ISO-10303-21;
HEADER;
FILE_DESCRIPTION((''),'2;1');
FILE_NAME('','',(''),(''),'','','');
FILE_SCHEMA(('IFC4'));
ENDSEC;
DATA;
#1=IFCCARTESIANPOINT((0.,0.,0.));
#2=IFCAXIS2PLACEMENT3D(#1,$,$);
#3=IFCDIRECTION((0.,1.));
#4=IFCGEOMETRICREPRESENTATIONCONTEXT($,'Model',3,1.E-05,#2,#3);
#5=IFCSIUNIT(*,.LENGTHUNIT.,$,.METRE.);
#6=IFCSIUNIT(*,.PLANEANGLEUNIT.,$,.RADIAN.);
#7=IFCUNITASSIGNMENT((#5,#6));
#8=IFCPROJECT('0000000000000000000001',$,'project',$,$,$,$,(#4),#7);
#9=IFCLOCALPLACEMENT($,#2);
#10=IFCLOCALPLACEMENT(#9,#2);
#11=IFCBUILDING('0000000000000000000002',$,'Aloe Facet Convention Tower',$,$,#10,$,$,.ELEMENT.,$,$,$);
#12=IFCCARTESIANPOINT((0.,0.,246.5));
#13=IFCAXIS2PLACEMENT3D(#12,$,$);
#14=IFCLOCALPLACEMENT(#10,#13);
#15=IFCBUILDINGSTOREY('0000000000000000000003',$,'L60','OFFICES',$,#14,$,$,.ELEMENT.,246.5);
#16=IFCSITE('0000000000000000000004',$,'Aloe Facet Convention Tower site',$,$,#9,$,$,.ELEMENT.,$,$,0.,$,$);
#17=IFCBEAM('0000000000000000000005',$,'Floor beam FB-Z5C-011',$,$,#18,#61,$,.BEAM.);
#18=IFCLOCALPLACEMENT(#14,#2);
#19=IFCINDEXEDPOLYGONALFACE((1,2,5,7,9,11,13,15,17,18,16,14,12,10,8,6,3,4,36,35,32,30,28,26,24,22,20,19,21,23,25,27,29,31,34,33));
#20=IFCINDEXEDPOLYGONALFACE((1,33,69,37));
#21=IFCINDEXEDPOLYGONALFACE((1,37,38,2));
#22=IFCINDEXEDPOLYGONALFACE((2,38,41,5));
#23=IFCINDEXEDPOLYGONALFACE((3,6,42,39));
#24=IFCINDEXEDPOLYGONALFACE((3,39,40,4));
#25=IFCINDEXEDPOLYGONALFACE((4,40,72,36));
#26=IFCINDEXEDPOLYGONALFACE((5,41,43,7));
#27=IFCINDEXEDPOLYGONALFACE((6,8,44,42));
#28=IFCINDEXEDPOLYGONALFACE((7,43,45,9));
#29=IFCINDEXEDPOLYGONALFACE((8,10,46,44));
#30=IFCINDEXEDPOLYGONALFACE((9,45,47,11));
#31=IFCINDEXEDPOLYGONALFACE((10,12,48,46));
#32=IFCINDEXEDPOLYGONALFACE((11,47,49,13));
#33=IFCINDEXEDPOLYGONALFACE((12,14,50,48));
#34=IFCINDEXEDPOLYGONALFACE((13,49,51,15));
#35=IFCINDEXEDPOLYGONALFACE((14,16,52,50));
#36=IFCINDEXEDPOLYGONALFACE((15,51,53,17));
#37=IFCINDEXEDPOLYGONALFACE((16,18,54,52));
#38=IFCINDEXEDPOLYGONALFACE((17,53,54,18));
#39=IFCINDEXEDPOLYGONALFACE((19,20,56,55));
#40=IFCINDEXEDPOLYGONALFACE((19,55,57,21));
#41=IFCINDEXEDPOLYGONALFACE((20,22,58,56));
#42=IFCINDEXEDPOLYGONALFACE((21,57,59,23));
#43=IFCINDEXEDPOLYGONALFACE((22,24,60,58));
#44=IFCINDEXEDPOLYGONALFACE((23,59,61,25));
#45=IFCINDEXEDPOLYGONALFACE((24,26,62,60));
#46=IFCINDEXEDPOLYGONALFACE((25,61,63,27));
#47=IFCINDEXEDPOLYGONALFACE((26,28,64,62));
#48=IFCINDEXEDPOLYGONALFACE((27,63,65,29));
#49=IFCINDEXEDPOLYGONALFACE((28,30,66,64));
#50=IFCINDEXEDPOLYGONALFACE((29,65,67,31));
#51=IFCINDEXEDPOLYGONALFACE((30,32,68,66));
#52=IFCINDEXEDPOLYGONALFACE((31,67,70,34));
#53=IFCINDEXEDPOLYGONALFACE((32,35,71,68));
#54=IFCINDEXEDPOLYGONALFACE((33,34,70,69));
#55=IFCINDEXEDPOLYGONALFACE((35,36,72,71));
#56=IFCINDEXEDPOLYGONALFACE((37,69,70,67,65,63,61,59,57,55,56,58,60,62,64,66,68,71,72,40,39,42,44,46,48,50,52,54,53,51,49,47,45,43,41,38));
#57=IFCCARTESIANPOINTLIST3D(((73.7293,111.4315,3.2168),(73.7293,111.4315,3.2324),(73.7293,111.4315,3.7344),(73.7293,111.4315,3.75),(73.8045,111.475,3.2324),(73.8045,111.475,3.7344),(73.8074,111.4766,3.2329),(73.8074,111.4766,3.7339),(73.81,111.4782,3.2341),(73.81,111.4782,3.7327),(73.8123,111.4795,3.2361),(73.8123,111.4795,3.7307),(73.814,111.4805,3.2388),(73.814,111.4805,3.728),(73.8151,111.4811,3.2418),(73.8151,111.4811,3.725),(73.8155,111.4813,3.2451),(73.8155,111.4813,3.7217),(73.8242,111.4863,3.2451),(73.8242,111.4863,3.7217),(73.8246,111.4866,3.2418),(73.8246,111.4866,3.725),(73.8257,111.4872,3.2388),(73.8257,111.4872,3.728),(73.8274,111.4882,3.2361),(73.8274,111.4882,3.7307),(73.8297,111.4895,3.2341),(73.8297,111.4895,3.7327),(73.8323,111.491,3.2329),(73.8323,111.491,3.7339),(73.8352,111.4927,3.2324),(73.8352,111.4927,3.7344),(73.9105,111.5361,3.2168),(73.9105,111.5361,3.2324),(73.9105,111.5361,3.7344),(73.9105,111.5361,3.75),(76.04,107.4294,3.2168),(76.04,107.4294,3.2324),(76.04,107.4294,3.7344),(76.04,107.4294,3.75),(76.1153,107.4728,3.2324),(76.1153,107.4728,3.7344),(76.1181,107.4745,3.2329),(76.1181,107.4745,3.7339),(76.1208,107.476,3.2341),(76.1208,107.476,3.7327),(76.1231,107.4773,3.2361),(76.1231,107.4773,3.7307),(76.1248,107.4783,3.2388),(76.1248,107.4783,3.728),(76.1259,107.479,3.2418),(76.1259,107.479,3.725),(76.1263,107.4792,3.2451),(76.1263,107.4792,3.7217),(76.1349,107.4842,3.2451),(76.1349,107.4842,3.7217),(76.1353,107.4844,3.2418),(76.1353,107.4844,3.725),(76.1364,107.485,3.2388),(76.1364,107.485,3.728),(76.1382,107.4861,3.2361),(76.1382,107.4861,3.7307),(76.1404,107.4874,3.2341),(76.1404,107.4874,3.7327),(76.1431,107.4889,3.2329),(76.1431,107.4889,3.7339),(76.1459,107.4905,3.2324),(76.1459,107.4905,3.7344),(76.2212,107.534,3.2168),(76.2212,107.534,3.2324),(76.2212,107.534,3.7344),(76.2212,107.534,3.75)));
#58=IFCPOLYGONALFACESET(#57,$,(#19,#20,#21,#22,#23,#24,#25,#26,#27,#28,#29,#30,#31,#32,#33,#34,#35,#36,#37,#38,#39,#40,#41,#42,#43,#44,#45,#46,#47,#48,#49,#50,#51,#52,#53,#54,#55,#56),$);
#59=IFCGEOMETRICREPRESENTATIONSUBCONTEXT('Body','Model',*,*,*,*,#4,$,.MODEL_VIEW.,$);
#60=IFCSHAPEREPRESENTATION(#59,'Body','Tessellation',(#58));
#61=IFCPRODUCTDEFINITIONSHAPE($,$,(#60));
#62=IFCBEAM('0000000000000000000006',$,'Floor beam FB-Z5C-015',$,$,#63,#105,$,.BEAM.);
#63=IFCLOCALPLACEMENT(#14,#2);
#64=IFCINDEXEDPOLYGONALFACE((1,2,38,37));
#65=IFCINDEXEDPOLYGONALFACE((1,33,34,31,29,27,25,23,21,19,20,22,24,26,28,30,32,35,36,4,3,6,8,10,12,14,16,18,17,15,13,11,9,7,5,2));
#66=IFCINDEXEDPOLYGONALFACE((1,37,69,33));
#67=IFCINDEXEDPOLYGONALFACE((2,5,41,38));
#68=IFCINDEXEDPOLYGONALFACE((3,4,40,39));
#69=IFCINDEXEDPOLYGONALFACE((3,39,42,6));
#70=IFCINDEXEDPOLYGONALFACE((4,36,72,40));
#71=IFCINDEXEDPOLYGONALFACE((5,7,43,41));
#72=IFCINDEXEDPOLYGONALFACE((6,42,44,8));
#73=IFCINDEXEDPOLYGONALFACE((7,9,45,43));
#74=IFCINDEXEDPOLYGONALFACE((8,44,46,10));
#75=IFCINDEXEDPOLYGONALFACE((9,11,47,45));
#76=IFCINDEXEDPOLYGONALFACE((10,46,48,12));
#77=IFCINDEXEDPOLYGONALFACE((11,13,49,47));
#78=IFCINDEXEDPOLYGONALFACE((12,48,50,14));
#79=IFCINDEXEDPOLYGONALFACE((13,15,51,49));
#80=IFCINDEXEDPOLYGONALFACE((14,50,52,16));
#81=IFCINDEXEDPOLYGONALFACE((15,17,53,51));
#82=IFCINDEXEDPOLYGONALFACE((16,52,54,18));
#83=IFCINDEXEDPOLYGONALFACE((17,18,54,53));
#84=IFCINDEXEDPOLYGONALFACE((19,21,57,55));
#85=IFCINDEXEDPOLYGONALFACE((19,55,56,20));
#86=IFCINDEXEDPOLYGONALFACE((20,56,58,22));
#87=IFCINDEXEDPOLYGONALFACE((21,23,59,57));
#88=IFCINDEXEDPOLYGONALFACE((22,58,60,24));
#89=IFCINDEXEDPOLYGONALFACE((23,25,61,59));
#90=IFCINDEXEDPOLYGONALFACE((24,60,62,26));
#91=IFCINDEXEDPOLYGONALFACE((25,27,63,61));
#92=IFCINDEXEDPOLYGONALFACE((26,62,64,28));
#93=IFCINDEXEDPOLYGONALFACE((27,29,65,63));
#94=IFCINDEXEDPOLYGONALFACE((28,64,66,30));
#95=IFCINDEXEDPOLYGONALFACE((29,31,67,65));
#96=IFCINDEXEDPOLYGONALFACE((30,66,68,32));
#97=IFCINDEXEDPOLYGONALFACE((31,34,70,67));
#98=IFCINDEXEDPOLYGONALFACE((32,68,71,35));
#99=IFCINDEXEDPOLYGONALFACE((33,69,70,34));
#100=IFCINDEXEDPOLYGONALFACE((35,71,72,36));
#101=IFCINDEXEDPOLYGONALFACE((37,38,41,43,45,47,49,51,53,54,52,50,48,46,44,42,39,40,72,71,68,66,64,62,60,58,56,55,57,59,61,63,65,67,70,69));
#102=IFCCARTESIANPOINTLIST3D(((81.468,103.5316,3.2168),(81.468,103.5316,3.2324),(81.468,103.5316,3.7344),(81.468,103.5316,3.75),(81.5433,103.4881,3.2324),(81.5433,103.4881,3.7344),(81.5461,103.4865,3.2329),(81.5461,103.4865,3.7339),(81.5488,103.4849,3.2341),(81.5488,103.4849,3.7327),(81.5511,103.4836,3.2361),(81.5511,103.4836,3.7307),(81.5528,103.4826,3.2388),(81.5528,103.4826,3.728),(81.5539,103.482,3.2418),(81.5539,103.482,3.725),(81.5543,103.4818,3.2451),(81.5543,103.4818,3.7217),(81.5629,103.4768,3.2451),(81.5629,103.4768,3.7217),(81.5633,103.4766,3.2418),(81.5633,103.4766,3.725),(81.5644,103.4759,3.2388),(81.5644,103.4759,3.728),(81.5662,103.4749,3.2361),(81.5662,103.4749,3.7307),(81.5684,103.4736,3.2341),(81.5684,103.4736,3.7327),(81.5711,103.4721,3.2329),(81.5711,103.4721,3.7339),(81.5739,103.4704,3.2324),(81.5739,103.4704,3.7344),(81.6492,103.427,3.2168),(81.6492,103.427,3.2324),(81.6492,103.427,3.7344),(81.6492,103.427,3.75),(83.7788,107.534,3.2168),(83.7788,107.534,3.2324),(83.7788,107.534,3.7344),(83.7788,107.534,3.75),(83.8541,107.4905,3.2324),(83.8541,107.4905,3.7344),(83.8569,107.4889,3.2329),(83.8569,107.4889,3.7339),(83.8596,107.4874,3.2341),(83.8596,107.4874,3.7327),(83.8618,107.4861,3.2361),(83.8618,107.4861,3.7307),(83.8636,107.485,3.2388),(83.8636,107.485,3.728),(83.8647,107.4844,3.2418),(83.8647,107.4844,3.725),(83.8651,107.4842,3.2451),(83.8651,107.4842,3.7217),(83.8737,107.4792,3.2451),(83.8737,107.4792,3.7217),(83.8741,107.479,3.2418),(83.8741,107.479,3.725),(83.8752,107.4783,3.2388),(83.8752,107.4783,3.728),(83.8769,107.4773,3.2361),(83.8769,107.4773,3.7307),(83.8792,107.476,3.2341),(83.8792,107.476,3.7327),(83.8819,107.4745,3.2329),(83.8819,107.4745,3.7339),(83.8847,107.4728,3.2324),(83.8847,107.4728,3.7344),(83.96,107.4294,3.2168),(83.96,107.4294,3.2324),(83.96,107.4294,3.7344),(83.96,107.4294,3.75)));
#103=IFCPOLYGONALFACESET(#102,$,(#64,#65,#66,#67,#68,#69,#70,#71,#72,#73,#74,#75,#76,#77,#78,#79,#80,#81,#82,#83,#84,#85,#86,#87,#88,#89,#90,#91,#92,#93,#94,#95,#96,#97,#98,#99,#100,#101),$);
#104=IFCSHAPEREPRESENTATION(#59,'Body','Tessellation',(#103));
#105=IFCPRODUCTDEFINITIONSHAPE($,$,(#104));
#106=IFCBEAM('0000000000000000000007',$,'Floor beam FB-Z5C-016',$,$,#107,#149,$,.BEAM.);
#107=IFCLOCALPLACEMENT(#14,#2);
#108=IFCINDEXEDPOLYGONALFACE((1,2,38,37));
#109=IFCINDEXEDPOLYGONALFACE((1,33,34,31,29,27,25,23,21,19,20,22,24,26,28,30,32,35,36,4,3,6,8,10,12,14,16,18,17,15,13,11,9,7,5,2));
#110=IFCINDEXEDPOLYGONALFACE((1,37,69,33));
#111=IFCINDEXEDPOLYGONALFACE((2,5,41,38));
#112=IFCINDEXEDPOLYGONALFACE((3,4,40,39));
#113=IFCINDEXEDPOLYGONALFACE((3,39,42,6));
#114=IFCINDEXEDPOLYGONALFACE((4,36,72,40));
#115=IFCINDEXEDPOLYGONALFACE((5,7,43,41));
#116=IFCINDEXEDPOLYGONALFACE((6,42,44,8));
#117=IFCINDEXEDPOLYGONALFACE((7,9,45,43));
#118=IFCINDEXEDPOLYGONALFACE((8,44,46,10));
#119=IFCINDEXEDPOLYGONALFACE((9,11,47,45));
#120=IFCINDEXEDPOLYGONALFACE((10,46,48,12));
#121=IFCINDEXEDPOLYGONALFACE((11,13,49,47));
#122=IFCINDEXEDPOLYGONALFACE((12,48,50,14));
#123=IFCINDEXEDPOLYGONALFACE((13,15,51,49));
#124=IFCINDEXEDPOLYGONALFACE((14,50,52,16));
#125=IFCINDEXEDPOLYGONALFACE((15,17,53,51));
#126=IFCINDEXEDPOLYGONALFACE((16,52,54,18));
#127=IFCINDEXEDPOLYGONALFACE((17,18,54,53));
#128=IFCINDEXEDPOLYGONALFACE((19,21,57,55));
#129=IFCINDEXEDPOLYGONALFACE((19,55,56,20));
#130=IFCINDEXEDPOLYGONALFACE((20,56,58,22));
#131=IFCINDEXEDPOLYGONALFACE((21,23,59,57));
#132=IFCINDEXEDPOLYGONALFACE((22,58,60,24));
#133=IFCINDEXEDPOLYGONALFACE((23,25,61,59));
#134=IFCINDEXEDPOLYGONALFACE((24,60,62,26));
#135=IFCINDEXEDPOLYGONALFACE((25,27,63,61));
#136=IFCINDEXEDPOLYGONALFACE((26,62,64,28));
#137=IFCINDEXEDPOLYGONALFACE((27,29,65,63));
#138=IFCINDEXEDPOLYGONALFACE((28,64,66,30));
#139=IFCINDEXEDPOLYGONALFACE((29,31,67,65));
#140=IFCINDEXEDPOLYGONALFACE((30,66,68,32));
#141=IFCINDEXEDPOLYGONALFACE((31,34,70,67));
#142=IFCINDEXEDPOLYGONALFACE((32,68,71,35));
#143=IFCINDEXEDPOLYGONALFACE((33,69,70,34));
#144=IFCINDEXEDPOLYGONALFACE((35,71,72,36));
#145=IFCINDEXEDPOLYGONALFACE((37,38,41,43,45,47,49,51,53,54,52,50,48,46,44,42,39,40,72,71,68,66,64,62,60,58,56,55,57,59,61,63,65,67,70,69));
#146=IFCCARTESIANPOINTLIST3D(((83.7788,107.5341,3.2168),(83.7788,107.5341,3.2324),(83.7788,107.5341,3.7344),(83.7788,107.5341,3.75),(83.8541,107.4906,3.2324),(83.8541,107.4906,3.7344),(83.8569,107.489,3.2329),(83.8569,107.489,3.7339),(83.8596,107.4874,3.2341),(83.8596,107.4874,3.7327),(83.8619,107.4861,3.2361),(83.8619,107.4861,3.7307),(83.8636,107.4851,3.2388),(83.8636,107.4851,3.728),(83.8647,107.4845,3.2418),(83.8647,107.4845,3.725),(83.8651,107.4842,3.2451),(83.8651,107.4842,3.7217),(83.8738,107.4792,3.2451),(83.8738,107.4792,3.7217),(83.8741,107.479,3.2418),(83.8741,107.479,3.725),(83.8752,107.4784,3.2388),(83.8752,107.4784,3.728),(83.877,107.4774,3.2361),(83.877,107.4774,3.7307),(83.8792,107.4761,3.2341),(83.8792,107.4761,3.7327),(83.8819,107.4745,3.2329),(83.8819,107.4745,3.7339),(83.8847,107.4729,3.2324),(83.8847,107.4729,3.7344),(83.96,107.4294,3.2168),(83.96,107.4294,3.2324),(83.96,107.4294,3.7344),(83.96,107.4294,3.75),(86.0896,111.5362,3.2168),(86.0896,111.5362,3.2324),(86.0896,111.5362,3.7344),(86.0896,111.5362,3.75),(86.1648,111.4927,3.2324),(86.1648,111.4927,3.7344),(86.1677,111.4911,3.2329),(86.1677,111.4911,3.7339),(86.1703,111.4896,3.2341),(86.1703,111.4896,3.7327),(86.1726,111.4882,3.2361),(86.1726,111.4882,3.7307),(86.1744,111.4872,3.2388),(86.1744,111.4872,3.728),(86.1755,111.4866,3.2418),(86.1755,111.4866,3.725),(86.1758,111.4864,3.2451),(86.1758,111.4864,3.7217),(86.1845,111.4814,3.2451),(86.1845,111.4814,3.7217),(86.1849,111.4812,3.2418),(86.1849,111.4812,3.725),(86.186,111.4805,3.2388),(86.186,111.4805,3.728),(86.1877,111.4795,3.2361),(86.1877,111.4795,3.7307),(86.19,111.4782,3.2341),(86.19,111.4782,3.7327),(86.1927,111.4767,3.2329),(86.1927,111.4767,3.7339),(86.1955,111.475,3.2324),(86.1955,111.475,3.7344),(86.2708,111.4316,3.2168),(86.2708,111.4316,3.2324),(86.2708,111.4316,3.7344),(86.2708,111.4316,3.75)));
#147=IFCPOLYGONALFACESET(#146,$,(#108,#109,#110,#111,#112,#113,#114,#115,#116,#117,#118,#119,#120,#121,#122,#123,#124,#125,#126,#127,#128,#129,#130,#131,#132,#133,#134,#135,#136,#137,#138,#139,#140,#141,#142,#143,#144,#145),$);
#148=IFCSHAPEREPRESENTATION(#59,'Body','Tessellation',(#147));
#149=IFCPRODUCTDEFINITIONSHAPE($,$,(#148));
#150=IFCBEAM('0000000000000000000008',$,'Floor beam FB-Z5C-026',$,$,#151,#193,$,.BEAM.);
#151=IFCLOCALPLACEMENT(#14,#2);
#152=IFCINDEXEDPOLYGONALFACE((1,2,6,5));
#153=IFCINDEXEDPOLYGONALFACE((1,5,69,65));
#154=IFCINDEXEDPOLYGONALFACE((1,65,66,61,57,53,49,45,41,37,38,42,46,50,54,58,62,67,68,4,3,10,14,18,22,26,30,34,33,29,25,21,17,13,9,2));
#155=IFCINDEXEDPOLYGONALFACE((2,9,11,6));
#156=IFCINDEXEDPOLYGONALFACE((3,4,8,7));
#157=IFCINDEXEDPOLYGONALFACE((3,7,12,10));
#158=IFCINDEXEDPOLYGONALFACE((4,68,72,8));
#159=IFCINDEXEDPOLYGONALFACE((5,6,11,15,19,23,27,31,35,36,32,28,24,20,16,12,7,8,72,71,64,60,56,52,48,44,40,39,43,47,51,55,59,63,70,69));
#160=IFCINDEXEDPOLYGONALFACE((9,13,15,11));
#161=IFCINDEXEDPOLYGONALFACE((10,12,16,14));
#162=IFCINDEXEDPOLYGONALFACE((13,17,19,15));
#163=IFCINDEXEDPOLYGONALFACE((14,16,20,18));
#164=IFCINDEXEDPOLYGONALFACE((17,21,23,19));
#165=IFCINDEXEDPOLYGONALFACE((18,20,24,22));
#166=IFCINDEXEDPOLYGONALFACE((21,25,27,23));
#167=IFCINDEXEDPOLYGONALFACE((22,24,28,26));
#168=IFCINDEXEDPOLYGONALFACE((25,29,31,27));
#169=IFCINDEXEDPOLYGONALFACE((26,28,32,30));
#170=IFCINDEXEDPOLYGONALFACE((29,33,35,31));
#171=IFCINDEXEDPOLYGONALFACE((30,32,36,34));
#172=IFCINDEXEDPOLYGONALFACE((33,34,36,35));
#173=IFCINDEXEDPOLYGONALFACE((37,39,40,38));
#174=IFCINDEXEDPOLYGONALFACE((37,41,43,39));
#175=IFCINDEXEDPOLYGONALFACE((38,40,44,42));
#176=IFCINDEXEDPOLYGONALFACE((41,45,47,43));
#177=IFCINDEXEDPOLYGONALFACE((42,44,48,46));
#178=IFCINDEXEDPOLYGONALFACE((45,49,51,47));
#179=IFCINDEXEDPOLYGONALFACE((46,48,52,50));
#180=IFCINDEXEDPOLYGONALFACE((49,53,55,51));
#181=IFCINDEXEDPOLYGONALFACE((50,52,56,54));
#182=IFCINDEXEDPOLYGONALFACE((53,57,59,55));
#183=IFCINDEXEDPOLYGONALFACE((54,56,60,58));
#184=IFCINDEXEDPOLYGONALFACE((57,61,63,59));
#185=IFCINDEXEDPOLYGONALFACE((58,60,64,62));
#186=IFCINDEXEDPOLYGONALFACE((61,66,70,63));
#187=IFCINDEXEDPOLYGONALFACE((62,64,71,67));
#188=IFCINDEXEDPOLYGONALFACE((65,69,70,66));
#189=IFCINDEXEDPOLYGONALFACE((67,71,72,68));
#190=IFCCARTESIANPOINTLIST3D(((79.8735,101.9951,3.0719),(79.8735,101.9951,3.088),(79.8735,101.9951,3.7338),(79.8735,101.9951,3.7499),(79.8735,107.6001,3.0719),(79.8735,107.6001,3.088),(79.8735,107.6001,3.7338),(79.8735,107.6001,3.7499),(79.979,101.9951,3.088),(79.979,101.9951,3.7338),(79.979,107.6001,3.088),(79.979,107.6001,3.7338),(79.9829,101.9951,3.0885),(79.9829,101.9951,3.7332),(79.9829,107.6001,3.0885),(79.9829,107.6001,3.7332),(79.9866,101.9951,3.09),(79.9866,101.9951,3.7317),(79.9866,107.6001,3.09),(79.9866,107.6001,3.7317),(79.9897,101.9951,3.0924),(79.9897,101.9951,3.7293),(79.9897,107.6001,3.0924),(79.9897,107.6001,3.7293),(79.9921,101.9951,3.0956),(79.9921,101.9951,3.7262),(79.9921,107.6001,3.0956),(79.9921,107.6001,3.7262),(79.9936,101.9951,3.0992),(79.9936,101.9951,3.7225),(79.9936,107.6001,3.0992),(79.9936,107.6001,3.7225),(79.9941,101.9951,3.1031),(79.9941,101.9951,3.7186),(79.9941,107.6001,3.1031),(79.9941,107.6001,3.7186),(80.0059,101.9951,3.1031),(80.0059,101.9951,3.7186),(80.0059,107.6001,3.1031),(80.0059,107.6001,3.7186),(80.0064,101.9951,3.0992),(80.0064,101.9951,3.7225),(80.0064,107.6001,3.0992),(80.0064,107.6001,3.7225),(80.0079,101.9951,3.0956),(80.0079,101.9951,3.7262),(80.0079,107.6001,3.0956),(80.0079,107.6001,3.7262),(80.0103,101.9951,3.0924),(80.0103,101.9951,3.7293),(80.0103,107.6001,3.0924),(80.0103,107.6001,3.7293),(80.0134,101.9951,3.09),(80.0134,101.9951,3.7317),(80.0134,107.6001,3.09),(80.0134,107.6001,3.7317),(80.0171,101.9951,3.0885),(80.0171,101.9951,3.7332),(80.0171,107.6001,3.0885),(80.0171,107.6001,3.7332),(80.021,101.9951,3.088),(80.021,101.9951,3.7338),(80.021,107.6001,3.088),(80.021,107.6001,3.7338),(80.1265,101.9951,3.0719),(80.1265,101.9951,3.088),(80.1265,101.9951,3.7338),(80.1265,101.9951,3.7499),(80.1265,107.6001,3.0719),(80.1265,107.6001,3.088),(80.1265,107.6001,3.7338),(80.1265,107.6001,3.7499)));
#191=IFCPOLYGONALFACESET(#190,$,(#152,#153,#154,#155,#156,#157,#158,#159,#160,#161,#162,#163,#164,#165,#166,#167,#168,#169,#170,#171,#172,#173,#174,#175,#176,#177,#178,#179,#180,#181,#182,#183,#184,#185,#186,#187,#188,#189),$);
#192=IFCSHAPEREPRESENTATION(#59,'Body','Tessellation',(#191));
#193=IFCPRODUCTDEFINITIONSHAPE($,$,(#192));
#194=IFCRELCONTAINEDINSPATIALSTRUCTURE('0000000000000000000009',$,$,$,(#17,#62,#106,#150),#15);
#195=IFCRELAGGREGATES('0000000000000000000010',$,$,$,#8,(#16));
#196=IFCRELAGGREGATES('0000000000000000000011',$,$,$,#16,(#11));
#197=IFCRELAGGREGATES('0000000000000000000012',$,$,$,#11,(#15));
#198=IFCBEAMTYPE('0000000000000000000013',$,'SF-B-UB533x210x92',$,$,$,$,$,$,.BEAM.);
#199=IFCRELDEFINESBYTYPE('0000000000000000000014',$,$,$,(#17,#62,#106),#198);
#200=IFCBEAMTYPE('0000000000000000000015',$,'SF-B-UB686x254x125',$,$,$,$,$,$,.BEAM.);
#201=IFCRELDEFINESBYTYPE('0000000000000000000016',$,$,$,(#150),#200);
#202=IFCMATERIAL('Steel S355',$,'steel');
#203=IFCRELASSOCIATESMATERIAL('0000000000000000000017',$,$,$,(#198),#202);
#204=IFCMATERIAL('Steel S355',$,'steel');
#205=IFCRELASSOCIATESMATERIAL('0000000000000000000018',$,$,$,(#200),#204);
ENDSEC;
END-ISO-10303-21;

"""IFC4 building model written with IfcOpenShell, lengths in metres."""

from ifc_helpers import new_model, si_unit, direction, frame, origin, origin_2d, place, context, subcontext, project, spatial, i_section, extrude, material, material_profile, profile_set, type_object, element, save


model = new_model("IFC4")

# Units and contexts
model_context = context("Model", 3, precision=1e-05, world=origin(), true_north=direction((0.0, 1.0)))
body_context = subcontext(model_context, "Body", "Model", "MODEL_VIEW")
ifc_project = project(units=[si_unit("LENGTHUNIT", "METRE"), si_unit("PLANEANGLEUNIT", "RADIAN")], contexts=[model_context])

# Site, building, storey
site_placement = place(None, origin())
site = spatial("IfcSite", under=ifc_project, at=site_placement, Name="Aloe Facet Convention Tower site", CompositionType="ELEMENT", RefElevation=0.0)
building_placement = place(site_placement, origin())
building = spatial("IfcBuilding", under=site, at=building_placement, Name="Aloe Facet Convention Tower", CompositionType="ELEMENT")
storey_placement = place(building_placement, frame((0.0, 0.0, 246.5)))
storey = spatial("IfcBuildingStorey", under=building, at=storey_placement, Name="L60", Description="OFFICES", CompositionType="ELEMENT", Elevation=246.5)

# Beams
ifc_material_1 = material(Name="Steel S355", Category="steel")
ifc_material_profile_1 = material_profile(ifc_material_1, i_section(OverallWidth=0.2092, OverallDepth=0.5332, WebThickness=0.01, FlangeThickness=0.0156, FilletRadius=0.0127, at=origin_2d()), Name="UB 533x210x92")
ifc_profile_set_1 = profile_set([ifc_material_profile_1], Name="Steel S355")
beam_type_1 = type_object("IfcBeamType", Name="SF-B-UB533x210x92", PredefinedType="BEAM", material=ifc_profile_set_1)
beam_1_placement = place(storey_placement, frame((76.1306, 107.4817, 3.4834), z_axis=(-0.50002, 0.866014, 0.0), x_axis=(-0.866014, -0.50002, 0.0)))
element("IfcBeam", 1, at=beam_1_placement, inside=storey, type_object=beam_type_1, Name="Floor beam FB-Z5C-011", PredefinedType="BEAM", context=body_context, shape_type="SweptSolid", body=[
    extrude(i_section(OverallWidth=0.2092, OverallDepth=0.5332, WebThickness=0.01, FlangeThickness=0.0156, FilletRadius=0.0127, at=origin_2d()), origin(), (0.0, 0.0, 1.0), 4.6213),
])
beam_2_placement = place(storey_placement, frame((83.8694, 107.4817, 3.4834), z_axis=(-0.499997, -0.866027, 0.0), x_axis=(0.866027, -0.499997, 0.0)))
element("IfcBeam", 2, at=beam_2_placement, inside=storey, type_object=beam_type_1, Name="Floor beam FB-Z5C-015", PredefinedType="BEAM", context=body_context, shape_type="SweptSolid", body=[
    extrude(i_section(OverallWidth=0.2092, OverallDepth=0.5332, WebThickness=0.01, FlangeThickness=0.0156, FilletRadius=0.0127, at=origin_2d()), origin(), (0.0, 0.0, 1.0), 4.6216),
])
beam_3_placement = place(storey_placement, frame((86.1802, 111.4839, 3.4834), z_axis=(-0.50002, -0.866014, 0.0), x_axis=(0.866014, -0.50002, 0.0)))
element("IfcBeam", 3, at=beam_3_placement, inside=storey, type_object=beam_type_1, Name="Floor beam FB-Z5C-016", PredefinedType="BEAM", context=body_context, shape_type="SweptSolid", body=[
    extrude(i_section(OverallWidth=0.2092, OverallDepth=0.5332, WebThickness=0.01, FlangeThickness=0.0156, FilletRadius=0.0127, at=origin_2d()), origin(), (0.0, 0.0, 1.0), 4.6213),
])
ifc_material_2 = material(Name="Steel S355", Category="steel")
ifc_material_profile_2 = material_profile(ifc_material_2, i_section(OverallWidth=0.2529, OverallDepth=0.678, WebThickness=0.0117, FlangeThickness=0.0161, FilletRadius=0.0151, at=origin_2d()), Name="UB 686x254x125")
ifc_profile_set_2 = profile_set([ifc_material_profile_2], Name="Steel S355")
beam_type_2 = type_object("IfcBeamType", Name="SF-B-UB686x254x125", PredefinedType="BEAM", material=ifc_profile_set_2)
beam_4_placement = place(storey_placement, frame((80.0, 107.6001, 3.4109), z_axis=(0.0, -1.0, 0.0), x_axis=(1.0, 0.0, 0.0)))
element("IfcBeam", 4, at=beam_4_placement, inside=storey, type_object=beam_type_2, Name="Floor beam FB-Z5C-026", PredefinedType="BEAM", context=body_context, shape_type="SweptSolid", body=[
    extrude(i_section(OverallWidth=0.2529, OverallDepth=0.678, WebThickness=0.0117, FlangeThickness=0.0161, FilletRadius=0.0151, at=origin_2d()), origin(), (0.0, 0.0, 1.0), 5.605),
])

save(model, "model.ifc")
